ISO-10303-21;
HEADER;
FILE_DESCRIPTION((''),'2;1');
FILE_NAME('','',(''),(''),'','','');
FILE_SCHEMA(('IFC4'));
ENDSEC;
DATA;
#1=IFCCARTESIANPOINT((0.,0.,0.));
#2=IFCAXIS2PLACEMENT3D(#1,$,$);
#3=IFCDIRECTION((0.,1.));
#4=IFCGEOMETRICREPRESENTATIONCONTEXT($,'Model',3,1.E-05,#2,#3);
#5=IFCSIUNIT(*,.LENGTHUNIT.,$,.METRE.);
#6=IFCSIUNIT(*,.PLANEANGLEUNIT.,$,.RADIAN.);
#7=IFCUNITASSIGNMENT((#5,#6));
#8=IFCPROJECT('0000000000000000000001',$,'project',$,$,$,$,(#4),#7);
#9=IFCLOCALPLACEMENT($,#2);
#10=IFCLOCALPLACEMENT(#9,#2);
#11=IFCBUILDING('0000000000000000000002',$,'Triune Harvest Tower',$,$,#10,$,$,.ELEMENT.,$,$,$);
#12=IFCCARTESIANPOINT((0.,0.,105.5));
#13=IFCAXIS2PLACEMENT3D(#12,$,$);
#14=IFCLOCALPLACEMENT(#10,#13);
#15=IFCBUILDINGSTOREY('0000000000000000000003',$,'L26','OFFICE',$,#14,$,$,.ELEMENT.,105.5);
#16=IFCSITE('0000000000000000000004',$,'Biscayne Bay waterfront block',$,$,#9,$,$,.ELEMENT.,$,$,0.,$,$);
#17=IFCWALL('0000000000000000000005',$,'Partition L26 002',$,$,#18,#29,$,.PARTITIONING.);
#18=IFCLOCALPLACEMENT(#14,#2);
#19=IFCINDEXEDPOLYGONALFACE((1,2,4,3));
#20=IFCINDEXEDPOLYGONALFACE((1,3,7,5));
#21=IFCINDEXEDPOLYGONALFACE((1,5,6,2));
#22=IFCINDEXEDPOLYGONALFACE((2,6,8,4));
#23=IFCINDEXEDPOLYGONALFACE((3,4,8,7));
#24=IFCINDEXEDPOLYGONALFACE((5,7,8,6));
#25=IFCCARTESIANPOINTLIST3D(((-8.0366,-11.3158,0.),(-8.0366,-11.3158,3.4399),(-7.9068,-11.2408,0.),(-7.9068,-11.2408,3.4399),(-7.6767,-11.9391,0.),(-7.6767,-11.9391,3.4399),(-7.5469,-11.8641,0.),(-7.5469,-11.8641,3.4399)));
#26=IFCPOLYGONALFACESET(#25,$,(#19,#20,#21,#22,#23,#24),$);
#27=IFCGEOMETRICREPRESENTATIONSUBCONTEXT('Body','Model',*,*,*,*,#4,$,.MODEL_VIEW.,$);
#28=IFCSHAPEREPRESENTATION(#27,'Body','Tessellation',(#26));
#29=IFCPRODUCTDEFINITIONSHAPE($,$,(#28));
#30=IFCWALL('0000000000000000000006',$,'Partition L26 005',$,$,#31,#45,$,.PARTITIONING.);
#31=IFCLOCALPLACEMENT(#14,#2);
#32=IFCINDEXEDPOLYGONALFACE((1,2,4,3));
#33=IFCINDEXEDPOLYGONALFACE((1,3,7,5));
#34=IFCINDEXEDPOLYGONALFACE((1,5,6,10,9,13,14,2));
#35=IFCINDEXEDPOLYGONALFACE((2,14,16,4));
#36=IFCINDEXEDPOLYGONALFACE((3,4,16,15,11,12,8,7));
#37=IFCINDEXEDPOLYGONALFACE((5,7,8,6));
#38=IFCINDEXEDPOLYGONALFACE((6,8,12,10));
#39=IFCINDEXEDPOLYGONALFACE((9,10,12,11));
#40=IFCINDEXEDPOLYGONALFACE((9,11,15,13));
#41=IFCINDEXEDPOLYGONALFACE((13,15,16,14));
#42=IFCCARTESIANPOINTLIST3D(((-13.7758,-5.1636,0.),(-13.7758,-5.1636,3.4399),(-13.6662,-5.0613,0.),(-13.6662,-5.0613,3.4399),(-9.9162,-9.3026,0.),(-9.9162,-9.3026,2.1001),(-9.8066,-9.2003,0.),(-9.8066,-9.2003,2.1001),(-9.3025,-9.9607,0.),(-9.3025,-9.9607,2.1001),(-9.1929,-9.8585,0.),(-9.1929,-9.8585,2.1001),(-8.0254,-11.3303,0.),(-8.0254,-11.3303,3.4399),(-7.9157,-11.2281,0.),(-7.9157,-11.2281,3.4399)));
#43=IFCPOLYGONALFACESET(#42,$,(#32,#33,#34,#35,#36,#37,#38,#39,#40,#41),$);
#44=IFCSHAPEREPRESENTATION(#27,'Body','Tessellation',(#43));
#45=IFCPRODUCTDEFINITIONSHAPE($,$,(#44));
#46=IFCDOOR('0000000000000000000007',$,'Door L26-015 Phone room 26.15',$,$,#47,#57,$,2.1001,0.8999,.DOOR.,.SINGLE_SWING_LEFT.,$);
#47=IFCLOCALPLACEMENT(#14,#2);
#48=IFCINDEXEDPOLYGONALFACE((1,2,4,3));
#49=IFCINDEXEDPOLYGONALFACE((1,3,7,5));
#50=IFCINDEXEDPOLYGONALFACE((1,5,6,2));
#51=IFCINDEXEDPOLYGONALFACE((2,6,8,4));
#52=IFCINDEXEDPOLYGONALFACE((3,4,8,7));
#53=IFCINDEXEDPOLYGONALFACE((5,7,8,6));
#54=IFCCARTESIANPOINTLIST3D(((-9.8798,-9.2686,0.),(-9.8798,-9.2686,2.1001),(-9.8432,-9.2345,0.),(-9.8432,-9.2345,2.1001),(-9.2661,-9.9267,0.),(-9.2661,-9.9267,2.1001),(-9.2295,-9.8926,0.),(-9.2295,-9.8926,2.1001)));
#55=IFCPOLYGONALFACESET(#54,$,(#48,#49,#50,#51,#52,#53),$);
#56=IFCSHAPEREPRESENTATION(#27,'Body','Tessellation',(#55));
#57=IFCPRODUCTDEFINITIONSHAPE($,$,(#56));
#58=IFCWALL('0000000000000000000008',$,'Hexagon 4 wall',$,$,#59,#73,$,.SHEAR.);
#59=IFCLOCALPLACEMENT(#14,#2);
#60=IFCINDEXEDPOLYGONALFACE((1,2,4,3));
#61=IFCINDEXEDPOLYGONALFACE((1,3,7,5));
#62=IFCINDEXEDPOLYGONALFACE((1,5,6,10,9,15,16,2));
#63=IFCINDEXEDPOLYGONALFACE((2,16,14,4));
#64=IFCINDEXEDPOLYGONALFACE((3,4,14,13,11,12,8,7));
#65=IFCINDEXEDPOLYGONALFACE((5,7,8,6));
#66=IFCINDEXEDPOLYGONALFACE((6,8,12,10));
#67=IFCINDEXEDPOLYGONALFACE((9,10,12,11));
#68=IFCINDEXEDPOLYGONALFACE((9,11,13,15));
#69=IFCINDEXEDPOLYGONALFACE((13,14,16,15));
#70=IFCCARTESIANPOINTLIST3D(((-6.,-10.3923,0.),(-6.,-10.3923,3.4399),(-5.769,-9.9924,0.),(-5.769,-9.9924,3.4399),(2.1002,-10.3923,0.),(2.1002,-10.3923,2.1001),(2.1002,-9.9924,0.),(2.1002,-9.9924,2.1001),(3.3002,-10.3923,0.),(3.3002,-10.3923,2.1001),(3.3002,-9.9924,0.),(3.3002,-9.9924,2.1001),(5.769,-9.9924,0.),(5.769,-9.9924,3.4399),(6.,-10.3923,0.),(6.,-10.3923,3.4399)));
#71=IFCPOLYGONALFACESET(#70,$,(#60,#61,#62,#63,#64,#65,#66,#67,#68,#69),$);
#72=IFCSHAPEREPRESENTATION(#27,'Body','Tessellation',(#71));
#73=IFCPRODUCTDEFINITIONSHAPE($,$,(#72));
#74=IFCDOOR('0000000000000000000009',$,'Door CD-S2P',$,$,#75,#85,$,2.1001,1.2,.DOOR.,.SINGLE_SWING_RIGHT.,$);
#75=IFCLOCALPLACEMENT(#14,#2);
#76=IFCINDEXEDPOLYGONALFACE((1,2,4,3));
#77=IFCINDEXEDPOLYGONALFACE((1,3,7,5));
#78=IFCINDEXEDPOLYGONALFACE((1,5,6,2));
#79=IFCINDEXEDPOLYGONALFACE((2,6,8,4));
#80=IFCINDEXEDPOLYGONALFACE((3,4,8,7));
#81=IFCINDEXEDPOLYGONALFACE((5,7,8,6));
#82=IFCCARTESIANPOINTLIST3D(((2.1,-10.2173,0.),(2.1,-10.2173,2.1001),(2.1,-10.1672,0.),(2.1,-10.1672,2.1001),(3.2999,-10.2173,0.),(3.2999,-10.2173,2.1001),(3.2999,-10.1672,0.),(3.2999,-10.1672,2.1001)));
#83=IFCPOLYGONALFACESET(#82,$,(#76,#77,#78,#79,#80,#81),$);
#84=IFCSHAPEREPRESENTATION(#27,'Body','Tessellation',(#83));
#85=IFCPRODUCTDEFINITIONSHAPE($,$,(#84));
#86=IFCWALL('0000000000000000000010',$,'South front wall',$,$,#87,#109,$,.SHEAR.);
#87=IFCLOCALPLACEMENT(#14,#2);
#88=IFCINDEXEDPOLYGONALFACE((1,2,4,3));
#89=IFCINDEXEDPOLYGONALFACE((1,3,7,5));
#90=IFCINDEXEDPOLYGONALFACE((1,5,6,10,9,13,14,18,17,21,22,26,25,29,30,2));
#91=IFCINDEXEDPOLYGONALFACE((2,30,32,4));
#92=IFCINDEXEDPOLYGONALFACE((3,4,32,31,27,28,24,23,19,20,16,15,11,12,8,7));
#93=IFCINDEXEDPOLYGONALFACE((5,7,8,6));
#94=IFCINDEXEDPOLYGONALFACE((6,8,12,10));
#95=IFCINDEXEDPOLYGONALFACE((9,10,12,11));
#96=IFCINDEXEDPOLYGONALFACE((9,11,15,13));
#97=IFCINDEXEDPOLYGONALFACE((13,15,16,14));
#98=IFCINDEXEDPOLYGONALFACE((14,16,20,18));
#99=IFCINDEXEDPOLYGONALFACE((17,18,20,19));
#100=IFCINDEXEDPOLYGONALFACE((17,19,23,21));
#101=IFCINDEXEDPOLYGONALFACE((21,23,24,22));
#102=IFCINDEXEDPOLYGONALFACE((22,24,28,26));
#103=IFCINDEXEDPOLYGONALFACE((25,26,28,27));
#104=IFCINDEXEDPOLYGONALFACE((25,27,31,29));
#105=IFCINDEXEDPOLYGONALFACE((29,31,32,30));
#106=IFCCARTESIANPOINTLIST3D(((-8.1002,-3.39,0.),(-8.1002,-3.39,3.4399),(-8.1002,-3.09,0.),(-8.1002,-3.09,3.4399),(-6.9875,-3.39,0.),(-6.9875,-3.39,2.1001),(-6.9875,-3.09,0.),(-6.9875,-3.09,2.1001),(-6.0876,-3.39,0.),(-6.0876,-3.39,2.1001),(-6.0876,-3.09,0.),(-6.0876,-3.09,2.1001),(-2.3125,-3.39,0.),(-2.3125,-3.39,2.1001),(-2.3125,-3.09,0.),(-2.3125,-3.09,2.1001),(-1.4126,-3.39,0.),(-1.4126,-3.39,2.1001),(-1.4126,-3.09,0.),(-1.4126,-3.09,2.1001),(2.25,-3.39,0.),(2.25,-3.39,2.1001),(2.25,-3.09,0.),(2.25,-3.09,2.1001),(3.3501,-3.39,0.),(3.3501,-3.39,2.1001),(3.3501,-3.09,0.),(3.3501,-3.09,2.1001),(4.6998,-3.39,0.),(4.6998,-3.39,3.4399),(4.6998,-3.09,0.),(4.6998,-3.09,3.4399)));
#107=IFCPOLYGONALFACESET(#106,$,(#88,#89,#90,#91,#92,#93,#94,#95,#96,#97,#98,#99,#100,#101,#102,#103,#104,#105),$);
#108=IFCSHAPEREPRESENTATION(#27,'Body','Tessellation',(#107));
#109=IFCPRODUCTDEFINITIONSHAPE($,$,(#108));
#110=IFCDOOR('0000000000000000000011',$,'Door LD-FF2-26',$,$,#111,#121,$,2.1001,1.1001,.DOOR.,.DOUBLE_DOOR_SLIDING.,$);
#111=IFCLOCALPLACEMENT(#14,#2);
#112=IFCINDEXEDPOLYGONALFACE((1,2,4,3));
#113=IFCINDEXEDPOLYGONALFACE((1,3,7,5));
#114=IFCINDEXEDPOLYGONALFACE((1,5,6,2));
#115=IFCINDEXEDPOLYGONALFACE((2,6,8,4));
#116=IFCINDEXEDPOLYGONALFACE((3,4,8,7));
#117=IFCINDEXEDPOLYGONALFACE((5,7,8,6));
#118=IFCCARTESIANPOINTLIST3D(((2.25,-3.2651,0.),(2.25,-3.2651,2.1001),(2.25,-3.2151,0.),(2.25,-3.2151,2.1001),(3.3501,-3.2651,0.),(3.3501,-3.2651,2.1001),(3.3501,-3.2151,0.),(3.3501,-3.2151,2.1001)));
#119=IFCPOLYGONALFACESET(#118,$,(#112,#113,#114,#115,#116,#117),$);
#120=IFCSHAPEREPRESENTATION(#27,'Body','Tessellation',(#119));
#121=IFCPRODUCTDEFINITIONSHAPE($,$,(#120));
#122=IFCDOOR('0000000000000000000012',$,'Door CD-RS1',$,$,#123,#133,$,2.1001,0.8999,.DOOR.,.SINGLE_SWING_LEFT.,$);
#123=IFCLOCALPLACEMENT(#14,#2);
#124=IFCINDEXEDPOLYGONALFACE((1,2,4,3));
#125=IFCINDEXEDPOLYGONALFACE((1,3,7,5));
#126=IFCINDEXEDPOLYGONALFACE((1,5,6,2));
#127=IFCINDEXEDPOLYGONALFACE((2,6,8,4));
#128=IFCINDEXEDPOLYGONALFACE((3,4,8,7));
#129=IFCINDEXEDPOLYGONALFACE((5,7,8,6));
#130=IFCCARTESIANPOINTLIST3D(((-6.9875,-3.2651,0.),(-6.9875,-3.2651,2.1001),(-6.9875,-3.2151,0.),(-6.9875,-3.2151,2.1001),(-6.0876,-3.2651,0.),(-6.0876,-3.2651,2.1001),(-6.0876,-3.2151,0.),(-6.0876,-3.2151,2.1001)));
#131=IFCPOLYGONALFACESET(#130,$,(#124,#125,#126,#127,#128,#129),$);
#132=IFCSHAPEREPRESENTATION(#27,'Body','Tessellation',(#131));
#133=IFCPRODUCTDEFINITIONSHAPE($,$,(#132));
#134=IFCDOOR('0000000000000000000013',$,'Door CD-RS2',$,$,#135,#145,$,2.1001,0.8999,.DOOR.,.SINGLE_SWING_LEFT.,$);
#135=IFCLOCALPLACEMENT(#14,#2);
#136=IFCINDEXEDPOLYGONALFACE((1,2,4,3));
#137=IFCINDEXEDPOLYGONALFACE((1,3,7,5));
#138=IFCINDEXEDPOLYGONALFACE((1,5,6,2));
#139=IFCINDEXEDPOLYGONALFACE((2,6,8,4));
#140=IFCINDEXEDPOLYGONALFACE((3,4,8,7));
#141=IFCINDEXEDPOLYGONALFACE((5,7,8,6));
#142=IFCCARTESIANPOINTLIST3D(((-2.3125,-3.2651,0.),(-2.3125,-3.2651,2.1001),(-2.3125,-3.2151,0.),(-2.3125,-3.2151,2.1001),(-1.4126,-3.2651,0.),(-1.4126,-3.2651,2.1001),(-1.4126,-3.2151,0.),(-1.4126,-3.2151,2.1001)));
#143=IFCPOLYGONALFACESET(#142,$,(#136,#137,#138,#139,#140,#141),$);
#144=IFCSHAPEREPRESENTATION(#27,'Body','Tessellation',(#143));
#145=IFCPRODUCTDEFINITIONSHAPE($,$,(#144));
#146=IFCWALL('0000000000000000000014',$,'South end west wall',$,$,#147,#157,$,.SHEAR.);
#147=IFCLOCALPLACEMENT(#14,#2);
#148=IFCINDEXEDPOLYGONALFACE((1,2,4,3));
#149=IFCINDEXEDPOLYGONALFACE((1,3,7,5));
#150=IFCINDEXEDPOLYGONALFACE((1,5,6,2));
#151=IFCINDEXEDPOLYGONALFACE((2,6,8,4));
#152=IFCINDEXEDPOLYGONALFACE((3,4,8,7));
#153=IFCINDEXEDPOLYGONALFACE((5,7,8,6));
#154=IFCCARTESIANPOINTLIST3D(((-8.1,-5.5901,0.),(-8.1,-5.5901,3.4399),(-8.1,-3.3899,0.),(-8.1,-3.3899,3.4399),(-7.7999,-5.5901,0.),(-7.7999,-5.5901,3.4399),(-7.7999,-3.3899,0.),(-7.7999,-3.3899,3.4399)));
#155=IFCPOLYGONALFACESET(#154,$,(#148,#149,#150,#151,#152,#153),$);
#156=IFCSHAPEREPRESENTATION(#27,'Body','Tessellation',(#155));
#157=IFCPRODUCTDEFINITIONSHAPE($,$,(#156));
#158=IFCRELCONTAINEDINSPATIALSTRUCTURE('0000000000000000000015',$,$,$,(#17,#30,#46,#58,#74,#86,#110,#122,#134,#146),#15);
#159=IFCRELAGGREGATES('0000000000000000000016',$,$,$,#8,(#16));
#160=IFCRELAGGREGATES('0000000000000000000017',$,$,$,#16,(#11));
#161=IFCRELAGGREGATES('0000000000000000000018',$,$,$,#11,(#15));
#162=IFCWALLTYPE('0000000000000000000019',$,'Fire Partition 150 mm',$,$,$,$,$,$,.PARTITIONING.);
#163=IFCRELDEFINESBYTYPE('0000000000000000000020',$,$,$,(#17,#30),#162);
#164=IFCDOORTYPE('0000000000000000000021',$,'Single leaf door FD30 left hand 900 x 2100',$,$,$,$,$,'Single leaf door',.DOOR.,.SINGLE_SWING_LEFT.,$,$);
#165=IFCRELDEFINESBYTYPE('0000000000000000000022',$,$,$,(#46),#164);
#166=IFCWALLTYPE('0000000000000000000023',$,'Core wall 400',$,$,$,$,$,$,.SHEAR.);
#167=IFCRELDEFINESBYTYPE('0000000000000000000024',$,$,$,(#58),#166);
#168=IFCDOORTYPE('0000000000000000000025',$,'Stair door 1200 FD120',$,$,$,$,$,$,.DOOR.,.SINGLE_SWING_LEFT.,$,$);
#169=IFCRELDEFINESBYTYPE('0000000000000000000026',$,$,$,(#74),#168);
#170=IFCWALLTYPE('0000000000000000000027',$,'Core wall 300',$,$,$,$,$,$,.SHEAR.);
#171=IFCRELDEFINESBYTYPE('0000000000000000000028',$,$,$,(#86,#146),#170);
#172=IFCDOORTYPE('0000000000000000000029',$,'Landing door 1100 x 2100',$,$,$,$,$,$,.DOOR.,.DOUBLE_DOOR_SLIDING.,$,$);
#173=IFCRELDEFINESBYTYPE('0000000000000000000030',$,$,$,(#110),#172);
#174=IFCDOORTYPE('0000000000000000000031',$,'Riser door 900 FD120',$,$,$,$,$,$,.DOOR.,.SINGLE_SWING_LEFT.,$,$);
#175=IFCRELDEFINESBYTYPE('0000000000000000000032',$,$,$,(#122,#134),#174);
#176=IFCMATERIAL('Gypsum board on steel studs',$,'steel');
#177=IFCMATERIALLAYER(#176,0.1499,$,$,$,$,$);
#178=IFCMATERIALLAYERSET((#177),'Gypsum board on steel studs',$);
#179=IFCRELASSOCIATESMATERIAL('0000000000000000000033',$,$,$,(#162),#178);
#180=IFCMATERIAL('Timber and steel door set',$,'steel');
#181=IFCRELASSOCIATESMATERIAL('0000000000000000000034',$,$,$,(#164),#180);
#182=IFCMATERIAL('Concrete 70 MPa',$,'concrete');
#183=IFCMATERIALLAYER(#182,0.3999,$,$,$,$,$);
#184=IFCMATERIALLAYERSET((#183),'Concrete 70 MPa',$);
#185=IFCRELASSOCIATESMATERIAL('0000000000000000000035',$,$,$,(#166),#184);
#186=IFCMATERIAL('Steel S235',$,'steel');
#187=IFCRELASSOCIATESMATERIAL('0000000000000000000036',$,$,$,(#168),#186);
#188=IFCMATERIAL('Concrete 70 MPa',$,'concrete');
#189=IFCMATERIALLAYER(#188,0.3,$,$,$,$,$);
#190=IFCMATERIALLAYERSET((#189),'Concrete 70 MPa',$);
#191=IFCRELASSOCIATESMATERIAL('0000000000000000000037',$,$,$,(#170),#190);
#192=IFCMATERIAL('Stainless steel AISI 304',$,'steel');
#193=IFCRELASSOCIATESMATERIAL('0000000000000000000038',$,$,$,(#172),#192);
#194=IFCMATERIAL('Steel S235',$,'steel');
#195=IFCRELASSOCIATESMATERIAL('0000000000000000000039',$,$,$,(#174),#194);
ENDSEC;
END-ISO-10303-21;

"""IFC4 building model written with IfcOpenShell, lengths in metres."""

from ifc_helpers import new_model, si_unit, direction, frame, frame_2d, origin, place, context, subcontext, project, spatial, polyline, rectangle, outline, extrude, source, transform, mapped, material, layer, layer_set, type_object, element, fill, save


model = new_model("IFC4")

# Units and contexts
model_context = context("Model", 3, precision=1e-05, world=origin(), true_north=direction((0.0, 1.0)))
body_context = subcontext(model_context, "Body", "Model", "MODEL_VIEW")
ifc_project = project(units=[si_unit("LENGTHUNIT", "METRE"), si_unit("PLANEANGLEUNIT", "RADIAN")], contexts=[model_context])

# Site, building, storey
site_placement = place(None, origin())
site = spatial("IfcSite", under=ifc_project, at=site_placement, Name="Biscayne Bay waterfront block", CompositionType="ELEMENT", RefElevation=0.0)
building_placement = place(site_placement, origin())
building = spatial("IfcBuilding", under=site, at=building_placement, Name="Triune Harvest Tower", CompositionType="ELEMENT")
storey_placement = place(building_placement, frame((0.0, 0.0, 105.5)))
storey = spatial("IfcBuildingStorey", under=building, at=storey_placement, Name="L26", Description="OFFICE", CompositionType="ELEMENT", Elevation=105.5)

# Wall
ifc_material_1 = material(Name="Gypsum board on steel studs", Category="steel")
ifc_layer_1 = layer(ifc_material_1, 0.1499)
ifc_layer_set_1 = layer_set([ifc_layer_1], Name="Gypsum board on steel studs")
wall_type_1 = type_object("IfcWallType", Name="Fire Partition 150 mm", PredefinedType="PARTITIONING", material=ifc_layer_set_1)
wall_1_placement = place(storey_placement, frame((-7.9717, -11.2783, 0.0), z_axis=(0.0, 0.0, 1.0), x_axis=(0.500006, -0.866022, 0.0)))
element("IfcWall", 1, at=wall_1_placement, inside=storey, type_object=wall_type_1, Name="Partition L26 002", PredefinedType="PARTITIONING", context=body_context, shape_type="SweptSolid", body=[
    extrude(rectangle(XDim=0.7197, YDim=0.1499, at=frame_2d((0.3599, 0.0))), origin(), (0.0, 0.0, 1.0), 3.4399),
])

# Walls, openings, doors
wall_2_placement = place(storey_placement, frame((-13.7209, -5.1125, 0.0), z_axis=(0.0, 0.0, 1.0), x_axis=(0.681992, -0.731359, 0.0)))
wall_2 = element("IfcWall", 2, at=wall_2_placement, inside=storey, type_object=wall_type_1, Name="Partition L26 005", PredefinedType="PARTITIONING", context=body_context, shape_type="SweptSolid", body=[
    extrude(rectangle(XDim=8.4319, YDim=0.1499, at=frame_2d((4.2158, 0.0))), origin(), (0.0, 0.0, 1.0), 3.4399),
])
opening_1_placement = place(wall_2_placement, frame((5.6592, 0.0, 0.0)))
opening_1 = element("IfcOpeningElement", 3, at=opening_1_placement, cuts=wall_2, PredefinedType="OPENING", context=body_context, shape_type="SweptSolid", body=[
    extrude(rectangle(XDim=0.8999, YDim=2.1001, at=frame_2d((0.45, 1.05))), frame((0.0, 0.085, 0.0), z_axis=(0.0, -1.0, 0.0), x_axis=(1.0, 0.0, 0.0)), (0.0, 0.0, 1.0), 0.1699),
])
ifc_material_2 = material(Name="Timber and steel door set", Category="steel")
door_type_1 = type_object("IfcDoorType", Name="Single leaf door FD30 left hand 900 x 2100", ElementType="Single leaf door", OperationType="SINGLE_SWING_LEFT", PredefinedType="DOOR", material=ifc_material_2)
door_1_placement = place(opening_1_placement, origin())
door_1 = element("IfcDoor", 4, at=door_1_placement, inside=storey, type_object=door_type_1, Name="Door L26-015 Phone room 26.15", OperationType="SINGLE_SWING_LEFT", OverallHeight=2.1001, OverallWidth=0.8999, PredefinedType="DOOR", context=body_context, shape_type="SweptSolid", body=[
    extrude(rectangle(XDim=0.8999, YDim=2.1001, at=frame_2d((0.45, 1.05))), frame((0.0, 0.0249, 0.0), z_axis=(0.0, -1.0, 0.0), x_axis=(1.0, 0.0, 0.0)), (0.0, 0.0, 1.0), 0.05),
])
fill(opening_1, door_1)
ifc_material_3 = material(Name="Concrete 70 MPa", Category="concrete")
ifc_layer_2 = layer(ifc_material_3, 0.3999)
ifc_layer_set_2 = layer_set([ifc_layer_2], Name="Concrete 70 MPa")
wall_type_2 = type_object("IfcWallType", Name="Core wall 400", PredefinedType="SHEAR", material=ifc_layer_set_2)
shared_shape_1 = source(origin(), body_context, "Body", "SweptSolid", [
    extrude(outline(polyline([(-0.1155, -0.2), (11.8845, -0.2), (11.6536, 0.2), (0.1155, 0.2), (-0.1155, -0.2)])), origin(), (0.0, 0.0, 1.0), 3.4399),
])
wall_3_placement = place(storey_placement, frame((-5.8845, -10.1924, 0.0), z_axis=(0.0, 0.0, 1.0), x_axis=(1.0, 0.0, 0.0)))
wall_3 = element("IfcWall", 5, at=wall_3_placement, inside=storey, type_object=wall_type_2, Name="Hexagon 4 wall", PredefinedType="SHEAR", context=body_context, shape_type="MappedRepresentation", body=[
    mapped(shared_shape_1, transform((0.0, 0.0, 0.0), scale=1.0)),
])
opening_2_placement = place(wall_3_placement, frame((7.9846, 0.0, 0.0)))
opening_2 = element("IfcOpeningElement", 6, at=opening_2_placement, cuts=wall_3, PredefinedType="OPENING", context=body_context, shape_type="SweptSolid", body=[
    extrude(rectangle(XDim=1.2, YDim=2.1001, at=frame_2d((0.6001, 1.05))), frame((0.0, 0.21, 0.0), z_axis=(0.0, -1.0, 0.0), x_axis=(1.0, 0.0, 0.0)), (0.0, 0.0, 1.0), 0.4199),
])
ifc_material_4 = material(Name="Steel S235", Category="steel")
door_type_2 = type_object("IfcDoorType", Name="Stair door 1200 FD120", OperationType="SINGLE_SWING_LEFT", PredefinedType="DOOR", material=ifc_material_4)
door_2_placement = place(opening_2_placement, frame((1.2, 0.0, 0.0), z_axis=(0.0, 0.0, 1.0), x_axis=(-1.0, 0.0, 0.0)))
door_2 = element("IfcDoor", 7, at=door_2_placement, inside=storey, type_object=door_type_2, Name="Door CD-S2P", OperationType="SINGLE_SWING_RIGHT", OverallHeight=2.1001, OverallWidth=1.2, PredefinedType="DOOR", context=body_context, shape_type="SweptSolid", body=[
    extrude(rectangle(XDim=1.2, YDim=2.1001, at=frame_2d((0.6001, 1.05))), frame((0.0, 0.0249, 0.0), z_axis=(0.0, -1.0, 0.0), x_axis=(1.0, 0.0, 0.0)), (0.0, 0.0, 1.0), 0.05),
])
fill(opening_2, door_2)

# Wall, openings, doors
ifc_material_5 = material(Name="Concrete 70 MPa", Category="concrete")
ifc_layer_3 = layer(ifc_material_5, 0.3)
ifc_layer_set_3 = layer_set([ifc_layer_3], Name="Concrete 70 MPa")
wall_type_3 = type_object("IfcWallType", Name="Core wall 300", PredefinedType="SHEAR", material=ifc_layer_set_3)
shared_shape_2 = source(origin(), body_context, "Body", "SweptSolid", [
    extrude(rectangle(XDim=12.8, YDim=0.3, at=frame_2d((6.3999, 0.0))), origin(), (0.0, 0.0, 1.0), 3.4399),
])
wall_4_placement = place(storey_placement, frame((-8.1001, -3.24, 0.0), z_axis=(0.0, 0.0, 1.0), x_axis=(1.0, 0.0, 0.0)))
wall_4 = element("IfcWall", 8, at=wall_4_placement, inside=storey, type_object=wall_type_3, Name="South front wall", PredefinedType="SHEAR", context=body_context, shape_type="MappedRepresentation", body=[
    mapped(shared_shape_2, transform((0.0, 0.0, 0.0), scale=1.0)),
])
opening_3_placement = place(wall_4_placement, frame((1.1125, 0.0, 0.0)))
opening_3 = element("IfcOpeningElement", 9, at=opening_3_placement, cuts=wall_4, PredefinedType="OPENING", context=body_context, shape_type="SweptSolid", body=[
    extrude(rectangle(XDim=0.8999, YDim=2.1001, at=frame_2d((0.45, 1.05))), frame((0.0, 0.1602, 0.0), z_axis=(0.0, -1.0, 0.0), x_axis=(1.0, 0.0, 0.0)), (0.0, 0.0, 1.0), 0.3201),
])
opening_4_placement = place(wall_4_placement, frame((5.7876, 0.0, 0.0)))
opening_4 = element("IfcOpeningElement", 10, at=opening_4_placement, cuts=wall_4, PredefinedType="OPENING", context=body_context, shape_type="SweptSolid", body=[
    extrude(rectangle(XDim=0.8999, YDim=2.1001, at=frame_2d((0.45, 1.05))), frame((0.0, 0.1602, 0.0), z_axis=(0.0, -1.0, 0.0), x_axis=(1.0, 0.0, 0.0)), (0.0, 0.0, 1.0), 0.3201),
])
opening_5_placement = place(wall_4_placement, frame((10.3501, 0.0, 0.0)))
opening_5 = element("IfcOpeningElement", 11, at=opening_5_placement, cuts=wall_4, PredefinedType="OPENING", context=body_context, shape_type="SweptSolid", body=[
    extrude(rectangle(XDim=1.1001, YDim=2.1001, at=frame_2d((0.55, 1.05))), frame((0.0, 0.1602, 0.0), z_axis=(0.0, -1.0, 0.0), x_axis=(1.0, 0.0, 0.0)), (0.0, 0.0, 1.0), 0.3201),
])
ifc_material_6 = material(Name="Stainless steel AISI 304", Category="steel")
door_type_3 = type_object("IfcDoorType", Name="Landing door 1100 x 2100", OperationType="DOUBLE_DOOR_SLIDING", PredefinedType="DOOR", material=ifc_material_6)
door_3_placement = place(opening_5_placement, origin())
door_3 = element("IfcDoor", 12, at=door_3_placement, inside=storey, type_object=door_type_3, Name="Door LD-FF2-26", OperationType="DOUBLE_DOOR_SLIDING", OverallHeight=2.1001, OverallWidth=1.1001, PredefinedType="DOOR", context=body_context, shape_type="SweptSolid", body=[
    extrude(rectangle(XDim=1.1001, YDim=2.1001, at=frame_2d((0.55, 1.05))), frame((0.0, 0.0249, 0.0), z_axis=(0.0, -1.0, 0.0), x_axis=(1.0, 0.0, 0.0)), (0.0, 0.0, 1.0), 0.05),
])
fill(opening_5, door_3)
ifc_material_7 = material(Name="Steel S235", Category="steel")
door_type_4 = type_object("IfcDoorType", Name="Riser door 900 FD120", OperationType="SINGLE_SWING_LEFT", PredefinedType="DOOR", material=ifc_material_7)
door_4_placement = place(opening_3_placement, origin())
door_4 = element("IfcDoor", 13, at=door_4_placement, inside=storey, type_object=door_type_4, Name="Door CD-RS1", OperationType="SINGLE_SWING_LEFT", OverallHeight=2.1001, OverallWidth=0.8999, PredefinedType="DOOR", context=body_context, shape_type="SweptSolid", body=[
    extrude(rectangle(XDim=0.8999, YDim=2.1001, at=frame_2d((0.45, 1.05))), frame((0.0, 0.0249, 0.0), z_axis=(0.0, -1.0, 0.0), x_axis=(1.0, 0.0, 0.0)), (0.0, 0.0, 1.0), 0.05),
])
fill(opening_3, door_4)
door_5_placement = place(opening_4_placement, origin())
door_5 = element("IfcDoor", 14, at=door_5_placement, inside=storey, type_object=door_type_4, Name="Door CD-RS2", OperationType="SINGLE_SWING_LEFT", OverallHeight=2.1001, OverallWidth=0.8999, PredefinedType="DOOR", context=body_context, shape_type="SweptSolid", body=[
    extrude(rectangle(XDim=0.8999, YDim=2.1001, at=frame_2d((0.45, 1.05))), frame((0.0, 0.0249, 0.0), z_axis=(0.0, -1.0, 0.0), x_axis=(1.0, 0.0, 0.0)), (0.0, 0.0, 1.0), 0.05),
])
fill(opening_4, door_5)

# Wall
shared_shape_3 = source(origin(), body_context, "Body", "SweptSolid", [
    extrude(rectangle(XDim=2.2002, YDim=0.3, at=frame_2d((1.1001, 0.0))), origin(), (0.0, 0.0, 1.0), 3.4399),
])
for number, where, z_axis, x_axis, name in (
    (15, (-7.95, -5.5901, 0.0), (0.0, 0.0, 1.0), (0.0, 1.0, 0.0), "South end west wall"),
):
    element("IfcWall", number, at=place(storey_placement, frame(where, z_axis=z_axis, x_axis=x_axis)), inside=storey, type_object=wall_type_3, Name=name, PredefinedType="SHEAR", context=body_context, shape_type="MappedRepresentation", body=[
        mapped(shared_shape_3, transform((0.0, 0.0, 0.0), scale=1.0)),
    ])

save(model, "model.ifc")
